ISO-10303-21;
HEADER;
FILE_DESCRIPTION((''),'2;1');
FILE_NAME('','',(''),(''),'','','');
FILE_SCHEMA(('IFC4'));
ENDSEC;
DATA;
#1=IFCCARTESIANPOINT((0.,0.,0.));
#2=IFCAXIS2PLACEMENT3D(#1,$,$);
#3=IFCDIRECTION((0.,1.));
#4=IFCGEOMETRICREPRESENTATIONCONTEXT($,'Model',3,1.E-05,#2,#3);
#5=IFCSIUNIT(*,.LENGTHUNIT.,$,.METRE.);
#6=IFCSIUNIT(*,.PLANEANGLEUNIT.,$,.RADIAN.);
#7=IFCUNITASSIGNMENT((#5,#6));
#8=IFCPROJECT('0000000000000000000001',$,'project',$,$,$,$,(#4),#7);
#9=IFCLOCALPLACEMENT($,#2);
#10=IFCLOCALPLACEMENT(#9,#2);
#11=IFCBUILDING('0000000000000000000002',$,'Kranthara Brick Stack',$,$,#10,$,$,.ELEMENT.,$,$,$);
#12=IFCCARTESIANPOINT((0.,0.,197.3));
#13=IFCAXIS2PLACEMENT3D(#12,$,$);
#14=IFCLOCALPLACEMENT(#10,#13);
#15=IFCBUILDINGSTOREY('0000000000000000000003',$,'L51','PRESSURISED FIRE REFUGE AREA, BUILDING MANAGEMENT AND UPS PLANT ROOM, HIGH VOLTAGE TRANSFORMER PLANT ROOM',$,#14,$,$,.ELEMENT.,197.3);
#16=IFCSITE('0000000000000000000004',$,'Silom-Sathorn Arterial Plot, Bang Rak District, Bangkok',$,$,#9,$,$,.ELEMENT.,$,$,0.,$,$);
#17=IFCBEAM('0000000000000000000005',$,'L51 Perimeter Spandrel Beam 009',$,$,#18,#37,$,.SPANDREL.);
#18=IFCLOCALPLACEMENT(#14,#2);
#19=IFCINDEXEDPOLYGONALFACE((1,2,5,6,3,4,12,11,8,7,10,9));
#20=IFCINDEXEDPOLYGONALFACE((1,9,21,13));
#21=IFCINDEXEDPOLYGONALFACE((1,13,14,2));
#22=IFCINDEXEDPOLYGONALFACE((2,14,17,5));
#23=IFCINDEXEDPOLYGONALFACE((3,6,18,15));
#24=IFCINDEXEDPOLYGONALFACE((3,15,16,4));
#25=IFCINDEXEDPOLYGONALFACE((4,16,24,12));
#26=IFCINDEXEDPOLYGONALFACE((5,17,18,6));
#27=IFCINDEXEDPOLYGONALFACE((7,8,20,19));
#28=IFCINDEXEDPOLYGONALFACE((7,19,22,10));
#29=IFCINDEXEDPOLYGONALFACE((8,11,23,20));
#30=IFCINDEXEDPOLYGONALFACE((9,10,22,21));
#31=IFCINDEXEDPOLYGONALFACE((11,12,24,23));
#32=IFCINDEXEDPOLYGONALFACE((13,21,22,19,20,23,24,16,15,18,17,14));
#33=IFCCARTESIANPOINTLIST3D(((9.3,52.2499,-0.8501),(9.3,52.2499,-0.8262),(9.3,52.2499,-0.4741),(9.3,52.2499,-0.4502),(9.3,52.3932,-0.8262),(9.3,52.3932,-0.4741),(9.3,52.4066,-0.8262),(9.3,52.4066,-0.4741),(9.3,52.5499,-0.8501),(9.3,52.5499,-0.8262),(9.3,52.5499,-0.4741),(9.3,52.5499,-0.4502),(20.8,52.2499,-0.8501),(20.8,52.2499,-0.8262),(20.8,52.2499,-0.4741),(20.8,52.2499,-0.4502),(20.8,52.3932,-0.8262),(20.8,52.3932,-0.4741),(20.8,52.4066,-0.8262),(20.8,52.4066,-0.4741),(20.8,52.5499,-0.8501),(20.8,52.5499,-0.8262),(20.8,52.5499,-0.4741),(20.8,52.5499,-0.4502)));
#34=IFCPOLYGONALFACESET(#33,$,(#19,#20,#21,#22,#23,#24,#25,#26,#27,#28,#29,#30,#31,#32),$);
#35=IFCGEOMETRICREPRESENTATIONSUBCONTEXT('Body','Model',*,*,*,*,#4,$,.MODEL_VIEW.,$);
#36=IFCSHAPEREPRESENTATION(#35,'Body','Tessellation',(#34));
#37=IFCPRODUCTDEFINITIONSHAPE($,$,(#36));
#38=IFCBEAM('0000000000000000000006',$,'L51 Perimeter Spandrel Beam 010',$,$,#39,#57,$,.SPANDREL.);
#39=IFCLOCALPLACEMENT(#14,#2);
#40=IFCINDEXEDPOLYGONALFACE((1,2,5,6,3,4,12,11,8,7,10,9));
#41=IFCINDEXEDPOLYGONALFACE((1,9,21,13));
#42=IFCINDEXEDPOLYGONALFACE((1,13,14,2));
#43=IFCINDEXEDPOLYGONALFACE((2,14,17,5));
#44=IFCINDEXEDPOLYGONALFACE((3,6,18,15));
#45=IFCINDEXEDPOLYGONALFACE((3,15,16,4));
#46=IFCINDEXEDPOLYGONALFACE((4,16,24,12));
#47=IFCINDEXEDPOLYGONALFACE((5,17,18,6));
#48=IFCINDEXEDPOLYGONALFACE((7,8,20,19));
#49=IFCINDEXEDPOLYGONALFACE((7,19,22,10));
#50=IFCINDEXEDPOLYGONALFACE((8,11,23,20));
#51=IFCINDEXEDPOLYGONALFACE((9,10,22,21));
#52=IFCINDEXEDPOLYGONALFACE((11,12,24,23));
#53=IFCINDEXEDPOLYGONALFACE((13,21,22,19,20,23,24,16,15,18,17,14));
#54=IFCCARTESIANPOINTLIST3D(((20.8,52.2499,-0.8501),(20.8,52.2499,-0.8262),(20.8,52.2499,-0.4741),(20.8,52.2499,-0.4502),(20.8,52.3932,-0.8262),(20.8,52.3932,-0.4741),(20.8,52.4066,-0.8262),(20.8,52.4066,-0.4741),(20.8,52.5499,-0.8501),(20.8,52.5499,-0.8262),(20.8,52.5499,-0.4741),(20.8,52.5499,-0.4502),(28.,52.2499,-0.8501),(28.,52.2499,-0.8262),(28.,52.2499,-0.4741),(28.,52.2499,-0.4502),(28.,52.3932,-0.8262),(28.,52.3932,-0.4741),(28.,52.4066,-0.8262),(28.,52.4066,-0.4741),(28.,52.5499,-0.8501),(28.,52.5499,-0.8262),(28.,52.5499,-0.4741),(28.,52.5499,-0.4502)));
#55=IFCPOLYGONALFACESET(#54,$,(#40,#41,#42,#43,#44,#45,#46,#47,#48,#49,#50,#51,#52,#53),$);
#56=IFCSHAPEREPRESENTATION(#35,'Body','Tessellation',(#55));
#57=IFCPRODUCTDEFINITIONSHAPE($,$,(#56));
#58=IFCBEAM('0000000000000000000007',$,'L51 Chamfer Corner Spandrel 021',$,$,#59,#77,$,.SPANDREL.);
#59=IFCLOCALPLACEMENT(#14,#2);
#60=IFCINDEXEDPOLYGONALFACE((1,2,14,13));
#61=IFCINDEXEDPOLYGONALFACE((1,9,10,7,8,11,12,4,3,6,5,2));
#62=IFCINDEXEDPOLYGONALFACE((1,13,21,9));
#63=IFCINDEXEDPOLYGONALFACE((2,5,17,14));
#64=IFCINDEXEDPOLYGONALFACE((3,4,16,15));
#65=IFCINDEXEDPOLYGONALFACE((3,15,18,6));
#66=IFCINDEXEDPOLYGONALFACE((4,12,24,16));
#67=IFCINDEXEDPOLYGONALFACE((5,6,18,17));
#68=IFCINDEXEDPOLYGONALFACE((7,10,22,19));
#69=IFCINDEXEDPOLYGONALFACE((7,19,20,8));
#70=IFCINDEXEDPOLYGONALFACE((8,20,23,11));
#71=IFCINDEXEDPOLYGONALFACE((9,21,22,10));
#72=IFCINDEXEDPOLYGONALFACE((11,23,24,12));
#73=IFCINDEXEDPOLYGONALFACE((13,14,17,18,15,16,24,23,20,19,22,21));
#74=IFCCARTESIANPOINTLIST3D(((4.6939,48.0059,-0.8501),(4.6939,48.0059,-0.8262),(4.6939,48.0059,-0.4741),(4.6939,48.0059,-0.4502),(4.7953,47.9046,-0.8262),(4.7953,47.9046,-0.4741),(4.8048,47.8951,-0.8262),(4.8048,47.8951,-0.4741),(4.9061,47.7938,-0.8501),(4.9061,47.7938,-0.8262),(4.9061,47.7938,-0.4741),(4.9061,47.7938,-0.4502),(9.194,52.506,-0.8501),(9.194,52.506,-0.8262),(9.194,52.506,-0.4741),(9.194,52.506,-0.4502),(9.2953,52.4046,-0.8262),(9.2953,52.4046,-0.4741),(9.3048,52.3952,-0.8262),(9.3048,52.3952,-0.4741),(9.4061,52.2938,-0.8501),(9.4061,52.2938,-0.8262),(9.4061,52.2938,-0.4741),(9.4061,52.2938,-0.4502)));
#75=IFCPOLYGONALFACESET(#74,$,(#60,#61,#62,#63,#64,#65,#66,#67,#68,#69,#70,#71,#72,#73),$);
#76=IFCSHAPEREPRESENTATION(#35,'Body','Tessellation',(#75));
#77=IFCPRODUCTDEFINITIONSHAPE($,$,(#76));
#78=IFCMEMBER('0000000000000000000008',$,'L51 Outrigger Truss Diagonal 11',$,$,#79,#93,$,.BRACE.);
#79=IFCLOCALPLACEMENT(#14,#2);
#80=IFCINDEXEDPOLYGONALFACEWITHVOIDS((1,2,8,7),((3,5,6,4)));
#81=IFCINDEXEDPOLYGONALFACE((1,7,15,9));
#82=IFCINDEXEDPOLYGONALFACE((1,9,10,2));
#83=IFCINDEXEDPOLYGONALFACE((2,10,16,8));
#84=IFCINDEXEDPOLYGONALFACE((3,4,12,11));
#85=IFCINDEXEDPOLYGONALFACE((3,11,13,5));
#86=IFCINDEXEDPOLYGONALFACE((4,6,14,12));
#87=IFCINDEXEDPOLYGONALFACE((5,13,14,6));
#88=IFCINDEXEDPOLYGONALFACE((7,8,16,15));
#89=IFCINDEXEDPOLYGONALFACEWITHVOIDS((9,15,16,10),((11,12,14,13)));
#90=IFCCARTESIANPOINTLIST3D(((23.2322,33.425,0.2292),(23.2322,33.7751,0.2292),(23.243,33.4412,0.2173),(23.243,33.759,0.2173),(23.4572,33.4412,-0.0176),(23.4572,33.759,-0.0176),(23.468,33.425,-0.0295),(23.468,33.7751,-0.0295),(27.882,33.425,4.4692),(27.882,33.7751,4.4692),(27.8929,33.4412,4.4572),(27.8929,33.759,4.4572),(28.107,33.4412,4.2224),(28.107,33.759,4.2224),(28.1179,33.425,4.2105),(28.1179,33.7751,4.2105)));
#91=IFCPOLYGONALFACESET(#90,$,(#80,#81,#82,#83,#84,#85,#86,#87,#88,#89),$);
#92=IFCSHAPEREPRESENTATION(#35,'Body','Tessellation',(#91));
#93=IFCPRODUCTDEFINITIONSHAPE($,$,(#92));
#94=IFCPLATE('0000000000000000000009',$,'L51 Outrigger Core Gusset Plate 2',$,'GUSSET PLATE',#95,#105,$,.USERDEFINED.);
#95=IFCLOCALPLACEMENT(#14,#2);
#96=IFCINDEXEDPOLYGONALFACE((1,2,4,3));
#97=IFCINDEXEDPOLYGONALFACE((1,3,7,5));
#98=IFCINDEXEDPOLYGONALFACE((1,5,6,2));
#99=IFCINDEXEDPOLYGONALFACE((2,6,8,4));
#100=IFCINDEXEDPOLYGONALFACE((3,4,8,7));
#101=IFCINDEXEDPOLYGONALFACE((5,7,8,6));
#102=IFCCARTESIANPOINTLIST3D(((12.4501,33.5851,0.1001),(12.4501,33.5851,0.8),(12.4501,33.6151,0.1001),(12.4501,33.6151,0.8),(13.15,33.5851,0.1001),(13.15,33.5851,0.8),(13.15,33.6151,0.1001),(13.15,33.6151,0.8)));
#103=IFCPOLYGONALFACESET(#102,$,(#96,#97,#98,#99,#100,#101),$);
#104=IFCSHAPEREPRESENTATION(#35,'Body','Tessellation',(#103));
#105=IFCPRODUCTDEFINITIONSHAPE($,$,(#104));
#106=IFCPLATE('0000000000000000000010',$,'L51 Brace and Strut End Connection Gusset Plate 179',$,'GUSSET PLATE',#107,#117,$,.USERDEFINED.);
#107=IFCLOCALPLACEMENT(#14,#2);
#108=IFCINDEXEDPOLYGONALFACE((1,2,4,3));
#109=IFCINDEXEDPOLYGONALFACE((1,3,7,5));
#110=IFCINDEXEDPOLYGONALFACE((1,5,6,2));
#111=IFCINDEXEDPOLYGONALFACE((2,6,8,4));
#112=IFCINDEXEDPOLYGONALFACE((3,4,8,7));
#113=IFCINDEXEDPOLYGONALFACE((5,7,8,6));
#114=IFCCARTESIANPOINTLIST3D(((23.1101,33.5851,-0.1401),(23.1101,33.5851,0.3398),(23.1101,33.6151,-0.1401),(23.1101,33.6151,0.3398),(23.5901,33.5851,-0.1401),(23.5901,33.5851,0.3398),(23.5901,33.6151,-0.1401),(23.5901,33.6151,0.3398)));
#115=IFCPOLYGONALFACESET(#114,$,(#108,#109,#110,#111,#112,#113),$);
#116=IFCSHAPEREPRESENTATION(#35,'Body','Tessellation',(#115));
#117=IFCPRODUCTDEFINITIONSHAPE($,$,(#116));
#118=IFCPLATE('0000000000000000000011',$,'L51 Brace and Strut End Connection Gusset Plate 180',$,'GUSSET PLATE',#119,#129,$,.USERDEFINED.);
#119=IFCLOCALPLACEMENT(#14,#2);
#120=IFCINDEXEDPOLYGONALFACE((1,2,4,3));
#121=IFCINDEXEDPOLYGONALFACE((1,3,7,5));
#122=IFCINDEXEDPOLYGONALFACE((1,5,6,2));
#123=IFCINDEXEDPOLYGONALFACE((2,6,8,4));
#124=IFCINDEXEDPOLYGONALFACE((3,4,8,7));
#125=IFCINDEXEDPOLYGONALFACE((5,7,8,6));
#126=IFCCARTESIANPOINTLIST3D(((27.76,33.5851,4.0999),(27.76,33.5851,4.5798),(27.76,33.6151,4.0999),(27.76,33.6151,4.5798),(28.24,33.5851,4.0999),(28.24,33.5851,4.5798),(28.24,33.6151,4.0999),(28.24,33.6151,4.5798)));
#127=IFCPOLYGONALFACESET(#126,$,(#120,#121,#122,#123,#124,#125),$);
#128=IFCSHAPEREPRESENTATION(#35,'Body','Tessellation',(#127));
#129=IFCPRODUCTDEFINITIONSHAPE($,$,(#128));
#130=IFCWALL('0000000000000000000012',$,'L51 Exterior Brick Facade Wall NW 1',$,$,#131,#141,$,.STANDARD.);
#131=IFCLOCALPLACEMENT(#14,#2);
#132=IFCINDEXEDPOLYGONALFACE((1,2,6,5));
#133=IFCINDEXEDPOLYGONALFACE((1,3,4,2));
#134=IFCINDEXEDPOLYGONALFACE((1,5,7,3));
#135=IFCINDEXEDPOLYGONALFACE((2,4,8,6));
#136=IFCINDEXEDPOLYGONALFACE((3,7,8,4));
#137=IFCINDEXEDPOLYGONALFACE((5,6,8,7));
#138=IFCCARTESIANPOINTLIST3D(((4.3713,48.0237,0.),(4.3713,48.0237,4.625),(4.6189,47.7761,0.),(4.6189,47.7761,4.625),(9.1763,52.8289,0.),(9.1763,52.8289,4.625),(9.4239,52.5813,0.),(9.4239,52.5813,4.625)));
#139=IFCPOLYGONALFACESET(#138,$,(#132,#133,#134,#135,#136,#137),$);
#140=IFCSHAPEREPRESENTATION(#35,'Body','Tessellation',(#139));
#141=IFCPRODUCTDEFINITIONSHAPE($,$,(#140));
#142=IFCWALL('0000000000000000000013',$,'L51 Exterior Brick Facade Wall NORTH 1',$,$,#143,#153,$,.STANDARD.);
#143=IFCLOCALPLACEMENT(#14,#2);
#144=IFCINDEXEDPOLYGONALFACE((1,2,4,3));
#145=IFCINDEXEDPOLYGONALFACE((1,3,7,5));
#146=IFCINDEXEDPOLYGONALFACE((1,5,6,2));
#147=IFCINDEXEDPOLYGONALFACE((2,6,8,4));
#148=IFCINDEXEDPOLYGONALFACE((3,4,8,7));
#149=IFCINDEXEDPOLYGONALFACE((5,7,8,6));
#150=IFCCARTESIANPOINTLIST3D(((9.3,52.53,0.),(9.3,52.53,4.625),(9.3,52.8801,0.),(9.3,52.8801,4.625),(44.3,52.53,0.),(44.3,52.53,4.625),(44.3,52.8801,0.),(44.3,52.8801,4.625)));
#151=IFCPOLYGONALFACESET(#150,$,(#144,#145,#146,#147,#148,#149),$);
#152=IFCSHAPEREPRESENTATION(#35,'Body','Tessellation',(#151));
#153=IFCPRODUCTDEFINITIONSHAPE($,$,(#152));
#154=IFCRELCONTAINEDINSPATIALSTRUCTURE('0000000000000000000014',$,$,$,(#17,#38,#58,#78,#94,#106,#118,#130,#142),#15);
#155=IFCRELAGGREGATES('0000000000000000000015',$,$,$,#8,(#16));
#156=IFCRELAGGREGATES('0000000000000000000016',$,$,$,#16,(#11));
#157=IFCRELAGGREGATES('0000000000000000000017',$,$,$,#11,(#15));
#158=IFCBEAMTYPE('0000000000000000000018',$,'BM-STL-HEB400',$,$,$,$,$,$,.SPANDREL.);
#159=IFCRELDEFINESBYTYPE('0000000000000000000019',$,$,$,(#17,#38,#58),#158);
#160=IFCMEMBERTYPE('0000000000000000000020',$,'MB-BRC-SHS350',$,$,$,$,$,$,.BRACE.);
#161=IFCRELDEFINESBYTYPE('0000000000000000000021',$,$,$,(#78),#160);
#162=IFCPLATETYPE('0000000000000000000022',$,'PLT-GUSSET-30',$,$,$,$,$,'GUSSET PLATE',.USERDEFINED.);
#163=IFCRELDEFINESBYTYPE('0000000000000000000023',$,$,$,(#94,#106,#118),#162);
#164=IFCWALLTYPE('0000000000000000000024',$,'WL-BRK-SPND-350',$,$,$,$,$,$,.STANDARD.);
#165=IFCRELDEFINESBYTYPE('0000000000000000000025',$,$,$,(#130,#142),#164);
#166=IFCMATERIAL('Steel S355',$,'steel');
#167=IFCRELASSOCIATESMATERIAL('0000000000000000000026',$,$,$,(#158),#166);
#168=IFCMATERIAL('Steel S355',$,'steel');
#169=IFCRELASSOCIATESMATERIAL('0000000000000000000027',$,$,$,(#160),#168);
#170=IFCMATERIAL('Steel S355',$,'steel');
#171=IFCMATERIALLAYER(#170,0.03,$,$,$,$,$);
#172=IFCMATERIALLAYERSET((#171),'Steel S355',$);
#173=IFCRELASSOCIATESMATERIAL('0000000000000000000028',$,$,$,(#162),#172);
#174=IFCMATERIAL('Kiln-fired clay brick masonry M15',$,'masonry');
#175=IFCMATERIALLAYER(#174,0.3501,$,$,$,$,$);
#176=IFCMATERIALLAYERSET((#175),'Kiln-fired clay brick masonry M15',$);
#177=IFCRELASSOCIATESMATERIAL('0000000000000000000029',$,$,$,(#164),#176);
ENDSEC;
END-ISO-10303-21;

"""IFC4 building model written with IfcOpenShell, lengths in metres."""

from ifc_helpers import new_model, si_unit, direction, frame, frame_2d, origin, origin_2d, place, context, subcontext, project, spatial, rectangle, hollow_rectangle, i_section, extrude, material, layer, layer_set, material_profile, profile_set, type_object, element, save


model = new_model("IFC4")

# Units and contexts
model_context = context("Model", 3, precision=1e-05, world=origin(), true_north=direction((0.0, 1.0)))
body_context = subcontext(model_context, "Body", "Model", "MODEL_VIEW")
ifc_project = project(units=[si_unit("LENGTHUNIT", "METRE"), si_unit("PLANEANGLEUNIT", "RADIAN")], contexts=[model_context])

# Site, building, storey
site_placement = place(None, origin())
site = spatial("IfcSite", under=ifc_project, at=site_placement, Name="Silom-Sathorn Arterial Plot, Bang Rak District, Bangkok", CompositionType="ELEMENT", RefElevation=0.0)
building_placement = place(site_placement, origin())
building = spatial("IfcBuilding", under=site, at=building_placement, Name="Kranthara Brick Stack", CompositionType="ELEMENT")
storey_placement = place(building_placement, frame((0.0, 0.0, 197.3)))
storey = spatial("IfcBuildingStorey", under=building, at=storey_placement, Name="L51", Description="PRESSURISED FIRE REFUGE AREA, BUILDING MANAGEMENT AND UPS PLANT ROOM, HIGH VOLTAGE TRANSFORMER PLANT ROOM", CompositionType="ELEMENT", Elevation=197.3)

# Beams
ifc_material_1 = material(Name="Steel S355", Category="steel")
ifc_material_profile_1 = material_profile(ifc_material_1, i_section(OverallWidth=0.3, OverallDepth=0.3999, WebThickness=0.0134, FlangeThickness=0.0239, at=origin_2d()), Name="HEB 400")
ifc_profile_set_1 = profile_set([ifc_material_profile_1], Name="Steel S355")
beam_type_1 = type_object("IfcBeamType", Name="BM-STL-HEB400", PredefinedType="SPANDREL", material=ifc_profile_set_1)
beam_1_placement = place(storey_placement, frame((9.3, 52.3999, -0.6501), z_axis=(1.0, 0.0, 0.0), x_axis=(0.0, 1.0, 0.0)))
element("IfcBeam", 1, at=beam_1_placement, inside=storey, type_object=beam_type_1, Name="L51 Perimeter Spandrel Beam 009", PredefinedType="SPANDREL", context=body_context, shape_type="SweptSolid", body=[
    extrude(i_section(OverallWidth=0.3, OverallDepth=0.3999, WebThickness=0.0134, FlangeThickness=0.0239, at=origin_2d()), origin(), (0.0, 0.0, 1.0), 11.5),
])
beam_2_placement = place(storey_placement, frame((20.8, 52.3999, -0.6501), z_axis=(1.0, 0.0, 0.0), x_axis=(0.0, 1.0, 0.0)))
element("IfcBeam", 2, at=beam_2_placement, inside=storey, type_object=beam_type_1, Name="L51 Perimeter Spandrel Beam 010", PredefinedType="SPANDREL", context=body_context, shape_type="SweptSolid", body=[
    extrude(i_section(OverallWidth=0.3, OverallDepth=0.3999, WebThickness=0.0134, FlangeThickness=0.0239, at=origin_2d()), origin(), (0.0, 0.0, 1.0), 7.2),
])
beam_3_placement = place(storey_placement, frame((9.3, 52.3999, -0.6501), z_axis=(-0.707107, -0.707107, 0.0), x_axis=(0.707107, -0.707107, 0.0)))
element("IfcBeam", 3, at=beam_3_placement, inside=storey, type_object=beam_type_1, Name="L51 Chamfer Corner Spandrel 021", PredefinedType="SPANDREL", context=body_context, shape_type="SweptSolid", body=[
    extrude(i_section(OverallWidth=0.3, OverallDepth=0.3999, WebThickness=0.0134, FlangeThickness=0.0239, at=origin_2d()), origin(), (0.0, 0.0, 1.0), 6.364),
])

# Member
ifc_material_2 = material(Name="Steel S355", Category="steel")
ifc_material_profile_2 = material_profile(ifc_material_2, hollow_rectangle(XDim=0.3501, YDim=0.3501, WallThickness=0.0161, at=origin_2d()), Name="SHS 350x350x16")
ifc_profile_set_2 = profile_set([ifc_material_profile_2], Name="Steel S355")
member_type = type_object("IfcMemberType", Name="MB-BRC-SHS350", PredefinedType="BRACE", material=ifc_profile_set_2)
member_placement = place(storey_placement, frame((23.3501, 33.6001, 0.0999), z_axis=(0.738926, 0.0, 0.673786), x_axis=(0.0, 1.0, 0.0)))
element("IfcMember", 4, at=member_placement, inside=storey, type_object=member_type, Name="L51 Outrigger Truss Diagonal 11", PredefinedType="BRACE", context=body_context, shape_type="SweptSolid", body=[
    extrude(hollow_rectangle(XDim=0.3501, YDim=0.3501, WallThickness=0.0161, at=origin_2d()), origin(), (0.0, 0.0, 1.0), 6.2927),
])

# Plates
ifc_material_3 = material(Name="Steel S355", Category="steel")
ifc_layer_1 = layer(ifc_material_3, 0.03)
ifc_layer_set_1 = layer_set([ifc_layer_1], Name="Steel S355")
plate_type = type_object("IfcPlateType", Name="PLT-GUSSET-30", ElementType="GUSSET PLATE", PredefinedType="USERDEFINED", material=ifc_layer_set_1)
plate_placement = place(storey_placement, frame((12.8, 33.6001, 0.1001), z_axis=(0.0, 0.0, 1.0), x_axis=(1.0, 0.0, 0.0)))
element("IfcPlate", 5, at=plate_placement, inside=storey, type_object=plate_type, Name="L51 Outrigger Core Gusset Plate 2", ObjectType="GUSSET PLATE", PredefinedType="USERDEFINED", context=body_context, shape_type="SweptSolid", body=[
    extrude(rectangle(XDim=0.7, YDim=0.03, at=origin_2d()), origin(), (0.0, 0.0, 1.0), 0.7),
])
for number, where, z_axis, x_axis, name in (
    (6, (23.3501, 33.6001, -0.1401), (0.0, 0.0, 1.0), (1.0, 0.0, 0.0), "L51 Brace and Strut End Connection Gusset Plate 179"),
    (7, (28.0, 33.6001, 4.0999), (0.0, 0.0, 1.0), (1.0, 0.0, 0.0), "L51 Brace and Strut End Connection Gusset Plate 180"),
):
    element("IfcPlate", number, at=place(storey_placement, frame(where, z_axis=z_axis, x_axis=x_axis)), inside=storey, type_object=plate_type, Name=name, ObjectType="GUSSET PLATE", PredefinedType="USERDEFINED", context=body_context, shape_type="SweptSolid", body=[
        extrude(rectangle(XDim=0.48, YDim=0.03, at=origin_2d()), origin(), (0.0, 0.0, 1.0), 0.48),
    ])

# Walls
ifc_material_4 = material(Name="Kiln-fired clay brick masonry M15", Category="masonry")
ifc_layer_2 = layer(ifc_material_4, 0.3501)
ifc_layer_set_2 = layer_set([ifc_layer_2], Name="Kiln-fired clay brick masonry M15")
wall_type_1 = type_object("IfcWallType", Name="WL-BRK-SPND-350", PredefinedType="STANDARD", material=ifc_layer_set_2)
wall_1_placement = place(storey_placement, frame((4.4951, 47.8999, 0.0), z_axis=(0.0, 0.0, 1.0), x_axis=(0.707089, 0.707125, 0.0)))
element("IfcWall", 8, at=wall_1_placement, inside=storey, type_object=wall_type_1, Name="L51 Exterior Brick Facade Wall NW 1", PredefinedType="STANDARD", context=body_context, shape_type="SweptSolid", body=[
    extrude(rectangle(XDim=6.7954, YDim=0.3501, at=frame_2d((3.3977, 0.0))), origin(), (0.0, 0.0, 1.0), 4.625),
])
wall_2_placement = place(storey_placement, frame((9.3, 52.7051, 0.0), z_axis=(0.0, 0.0, 1.0), x_axis=(1.0, 0.0, 0.0)))
element("IfcWall", 9, at=wall_2_placement, inside=storey, type_object=wall_type_1, Name="L51 Exterior Brick Facade Wall NORTH 1", PredefinedType="STANDARD", context=body_context, shape_type="SweptSolid", body=[
    extrude(rectangle(XDim=35.0, YDim=0.3501, at=frame_2d((17.5, 0.0))), origin(), (0.0, 0.0, 1.0), 4.625),
])

save(model, "model.ifc")
